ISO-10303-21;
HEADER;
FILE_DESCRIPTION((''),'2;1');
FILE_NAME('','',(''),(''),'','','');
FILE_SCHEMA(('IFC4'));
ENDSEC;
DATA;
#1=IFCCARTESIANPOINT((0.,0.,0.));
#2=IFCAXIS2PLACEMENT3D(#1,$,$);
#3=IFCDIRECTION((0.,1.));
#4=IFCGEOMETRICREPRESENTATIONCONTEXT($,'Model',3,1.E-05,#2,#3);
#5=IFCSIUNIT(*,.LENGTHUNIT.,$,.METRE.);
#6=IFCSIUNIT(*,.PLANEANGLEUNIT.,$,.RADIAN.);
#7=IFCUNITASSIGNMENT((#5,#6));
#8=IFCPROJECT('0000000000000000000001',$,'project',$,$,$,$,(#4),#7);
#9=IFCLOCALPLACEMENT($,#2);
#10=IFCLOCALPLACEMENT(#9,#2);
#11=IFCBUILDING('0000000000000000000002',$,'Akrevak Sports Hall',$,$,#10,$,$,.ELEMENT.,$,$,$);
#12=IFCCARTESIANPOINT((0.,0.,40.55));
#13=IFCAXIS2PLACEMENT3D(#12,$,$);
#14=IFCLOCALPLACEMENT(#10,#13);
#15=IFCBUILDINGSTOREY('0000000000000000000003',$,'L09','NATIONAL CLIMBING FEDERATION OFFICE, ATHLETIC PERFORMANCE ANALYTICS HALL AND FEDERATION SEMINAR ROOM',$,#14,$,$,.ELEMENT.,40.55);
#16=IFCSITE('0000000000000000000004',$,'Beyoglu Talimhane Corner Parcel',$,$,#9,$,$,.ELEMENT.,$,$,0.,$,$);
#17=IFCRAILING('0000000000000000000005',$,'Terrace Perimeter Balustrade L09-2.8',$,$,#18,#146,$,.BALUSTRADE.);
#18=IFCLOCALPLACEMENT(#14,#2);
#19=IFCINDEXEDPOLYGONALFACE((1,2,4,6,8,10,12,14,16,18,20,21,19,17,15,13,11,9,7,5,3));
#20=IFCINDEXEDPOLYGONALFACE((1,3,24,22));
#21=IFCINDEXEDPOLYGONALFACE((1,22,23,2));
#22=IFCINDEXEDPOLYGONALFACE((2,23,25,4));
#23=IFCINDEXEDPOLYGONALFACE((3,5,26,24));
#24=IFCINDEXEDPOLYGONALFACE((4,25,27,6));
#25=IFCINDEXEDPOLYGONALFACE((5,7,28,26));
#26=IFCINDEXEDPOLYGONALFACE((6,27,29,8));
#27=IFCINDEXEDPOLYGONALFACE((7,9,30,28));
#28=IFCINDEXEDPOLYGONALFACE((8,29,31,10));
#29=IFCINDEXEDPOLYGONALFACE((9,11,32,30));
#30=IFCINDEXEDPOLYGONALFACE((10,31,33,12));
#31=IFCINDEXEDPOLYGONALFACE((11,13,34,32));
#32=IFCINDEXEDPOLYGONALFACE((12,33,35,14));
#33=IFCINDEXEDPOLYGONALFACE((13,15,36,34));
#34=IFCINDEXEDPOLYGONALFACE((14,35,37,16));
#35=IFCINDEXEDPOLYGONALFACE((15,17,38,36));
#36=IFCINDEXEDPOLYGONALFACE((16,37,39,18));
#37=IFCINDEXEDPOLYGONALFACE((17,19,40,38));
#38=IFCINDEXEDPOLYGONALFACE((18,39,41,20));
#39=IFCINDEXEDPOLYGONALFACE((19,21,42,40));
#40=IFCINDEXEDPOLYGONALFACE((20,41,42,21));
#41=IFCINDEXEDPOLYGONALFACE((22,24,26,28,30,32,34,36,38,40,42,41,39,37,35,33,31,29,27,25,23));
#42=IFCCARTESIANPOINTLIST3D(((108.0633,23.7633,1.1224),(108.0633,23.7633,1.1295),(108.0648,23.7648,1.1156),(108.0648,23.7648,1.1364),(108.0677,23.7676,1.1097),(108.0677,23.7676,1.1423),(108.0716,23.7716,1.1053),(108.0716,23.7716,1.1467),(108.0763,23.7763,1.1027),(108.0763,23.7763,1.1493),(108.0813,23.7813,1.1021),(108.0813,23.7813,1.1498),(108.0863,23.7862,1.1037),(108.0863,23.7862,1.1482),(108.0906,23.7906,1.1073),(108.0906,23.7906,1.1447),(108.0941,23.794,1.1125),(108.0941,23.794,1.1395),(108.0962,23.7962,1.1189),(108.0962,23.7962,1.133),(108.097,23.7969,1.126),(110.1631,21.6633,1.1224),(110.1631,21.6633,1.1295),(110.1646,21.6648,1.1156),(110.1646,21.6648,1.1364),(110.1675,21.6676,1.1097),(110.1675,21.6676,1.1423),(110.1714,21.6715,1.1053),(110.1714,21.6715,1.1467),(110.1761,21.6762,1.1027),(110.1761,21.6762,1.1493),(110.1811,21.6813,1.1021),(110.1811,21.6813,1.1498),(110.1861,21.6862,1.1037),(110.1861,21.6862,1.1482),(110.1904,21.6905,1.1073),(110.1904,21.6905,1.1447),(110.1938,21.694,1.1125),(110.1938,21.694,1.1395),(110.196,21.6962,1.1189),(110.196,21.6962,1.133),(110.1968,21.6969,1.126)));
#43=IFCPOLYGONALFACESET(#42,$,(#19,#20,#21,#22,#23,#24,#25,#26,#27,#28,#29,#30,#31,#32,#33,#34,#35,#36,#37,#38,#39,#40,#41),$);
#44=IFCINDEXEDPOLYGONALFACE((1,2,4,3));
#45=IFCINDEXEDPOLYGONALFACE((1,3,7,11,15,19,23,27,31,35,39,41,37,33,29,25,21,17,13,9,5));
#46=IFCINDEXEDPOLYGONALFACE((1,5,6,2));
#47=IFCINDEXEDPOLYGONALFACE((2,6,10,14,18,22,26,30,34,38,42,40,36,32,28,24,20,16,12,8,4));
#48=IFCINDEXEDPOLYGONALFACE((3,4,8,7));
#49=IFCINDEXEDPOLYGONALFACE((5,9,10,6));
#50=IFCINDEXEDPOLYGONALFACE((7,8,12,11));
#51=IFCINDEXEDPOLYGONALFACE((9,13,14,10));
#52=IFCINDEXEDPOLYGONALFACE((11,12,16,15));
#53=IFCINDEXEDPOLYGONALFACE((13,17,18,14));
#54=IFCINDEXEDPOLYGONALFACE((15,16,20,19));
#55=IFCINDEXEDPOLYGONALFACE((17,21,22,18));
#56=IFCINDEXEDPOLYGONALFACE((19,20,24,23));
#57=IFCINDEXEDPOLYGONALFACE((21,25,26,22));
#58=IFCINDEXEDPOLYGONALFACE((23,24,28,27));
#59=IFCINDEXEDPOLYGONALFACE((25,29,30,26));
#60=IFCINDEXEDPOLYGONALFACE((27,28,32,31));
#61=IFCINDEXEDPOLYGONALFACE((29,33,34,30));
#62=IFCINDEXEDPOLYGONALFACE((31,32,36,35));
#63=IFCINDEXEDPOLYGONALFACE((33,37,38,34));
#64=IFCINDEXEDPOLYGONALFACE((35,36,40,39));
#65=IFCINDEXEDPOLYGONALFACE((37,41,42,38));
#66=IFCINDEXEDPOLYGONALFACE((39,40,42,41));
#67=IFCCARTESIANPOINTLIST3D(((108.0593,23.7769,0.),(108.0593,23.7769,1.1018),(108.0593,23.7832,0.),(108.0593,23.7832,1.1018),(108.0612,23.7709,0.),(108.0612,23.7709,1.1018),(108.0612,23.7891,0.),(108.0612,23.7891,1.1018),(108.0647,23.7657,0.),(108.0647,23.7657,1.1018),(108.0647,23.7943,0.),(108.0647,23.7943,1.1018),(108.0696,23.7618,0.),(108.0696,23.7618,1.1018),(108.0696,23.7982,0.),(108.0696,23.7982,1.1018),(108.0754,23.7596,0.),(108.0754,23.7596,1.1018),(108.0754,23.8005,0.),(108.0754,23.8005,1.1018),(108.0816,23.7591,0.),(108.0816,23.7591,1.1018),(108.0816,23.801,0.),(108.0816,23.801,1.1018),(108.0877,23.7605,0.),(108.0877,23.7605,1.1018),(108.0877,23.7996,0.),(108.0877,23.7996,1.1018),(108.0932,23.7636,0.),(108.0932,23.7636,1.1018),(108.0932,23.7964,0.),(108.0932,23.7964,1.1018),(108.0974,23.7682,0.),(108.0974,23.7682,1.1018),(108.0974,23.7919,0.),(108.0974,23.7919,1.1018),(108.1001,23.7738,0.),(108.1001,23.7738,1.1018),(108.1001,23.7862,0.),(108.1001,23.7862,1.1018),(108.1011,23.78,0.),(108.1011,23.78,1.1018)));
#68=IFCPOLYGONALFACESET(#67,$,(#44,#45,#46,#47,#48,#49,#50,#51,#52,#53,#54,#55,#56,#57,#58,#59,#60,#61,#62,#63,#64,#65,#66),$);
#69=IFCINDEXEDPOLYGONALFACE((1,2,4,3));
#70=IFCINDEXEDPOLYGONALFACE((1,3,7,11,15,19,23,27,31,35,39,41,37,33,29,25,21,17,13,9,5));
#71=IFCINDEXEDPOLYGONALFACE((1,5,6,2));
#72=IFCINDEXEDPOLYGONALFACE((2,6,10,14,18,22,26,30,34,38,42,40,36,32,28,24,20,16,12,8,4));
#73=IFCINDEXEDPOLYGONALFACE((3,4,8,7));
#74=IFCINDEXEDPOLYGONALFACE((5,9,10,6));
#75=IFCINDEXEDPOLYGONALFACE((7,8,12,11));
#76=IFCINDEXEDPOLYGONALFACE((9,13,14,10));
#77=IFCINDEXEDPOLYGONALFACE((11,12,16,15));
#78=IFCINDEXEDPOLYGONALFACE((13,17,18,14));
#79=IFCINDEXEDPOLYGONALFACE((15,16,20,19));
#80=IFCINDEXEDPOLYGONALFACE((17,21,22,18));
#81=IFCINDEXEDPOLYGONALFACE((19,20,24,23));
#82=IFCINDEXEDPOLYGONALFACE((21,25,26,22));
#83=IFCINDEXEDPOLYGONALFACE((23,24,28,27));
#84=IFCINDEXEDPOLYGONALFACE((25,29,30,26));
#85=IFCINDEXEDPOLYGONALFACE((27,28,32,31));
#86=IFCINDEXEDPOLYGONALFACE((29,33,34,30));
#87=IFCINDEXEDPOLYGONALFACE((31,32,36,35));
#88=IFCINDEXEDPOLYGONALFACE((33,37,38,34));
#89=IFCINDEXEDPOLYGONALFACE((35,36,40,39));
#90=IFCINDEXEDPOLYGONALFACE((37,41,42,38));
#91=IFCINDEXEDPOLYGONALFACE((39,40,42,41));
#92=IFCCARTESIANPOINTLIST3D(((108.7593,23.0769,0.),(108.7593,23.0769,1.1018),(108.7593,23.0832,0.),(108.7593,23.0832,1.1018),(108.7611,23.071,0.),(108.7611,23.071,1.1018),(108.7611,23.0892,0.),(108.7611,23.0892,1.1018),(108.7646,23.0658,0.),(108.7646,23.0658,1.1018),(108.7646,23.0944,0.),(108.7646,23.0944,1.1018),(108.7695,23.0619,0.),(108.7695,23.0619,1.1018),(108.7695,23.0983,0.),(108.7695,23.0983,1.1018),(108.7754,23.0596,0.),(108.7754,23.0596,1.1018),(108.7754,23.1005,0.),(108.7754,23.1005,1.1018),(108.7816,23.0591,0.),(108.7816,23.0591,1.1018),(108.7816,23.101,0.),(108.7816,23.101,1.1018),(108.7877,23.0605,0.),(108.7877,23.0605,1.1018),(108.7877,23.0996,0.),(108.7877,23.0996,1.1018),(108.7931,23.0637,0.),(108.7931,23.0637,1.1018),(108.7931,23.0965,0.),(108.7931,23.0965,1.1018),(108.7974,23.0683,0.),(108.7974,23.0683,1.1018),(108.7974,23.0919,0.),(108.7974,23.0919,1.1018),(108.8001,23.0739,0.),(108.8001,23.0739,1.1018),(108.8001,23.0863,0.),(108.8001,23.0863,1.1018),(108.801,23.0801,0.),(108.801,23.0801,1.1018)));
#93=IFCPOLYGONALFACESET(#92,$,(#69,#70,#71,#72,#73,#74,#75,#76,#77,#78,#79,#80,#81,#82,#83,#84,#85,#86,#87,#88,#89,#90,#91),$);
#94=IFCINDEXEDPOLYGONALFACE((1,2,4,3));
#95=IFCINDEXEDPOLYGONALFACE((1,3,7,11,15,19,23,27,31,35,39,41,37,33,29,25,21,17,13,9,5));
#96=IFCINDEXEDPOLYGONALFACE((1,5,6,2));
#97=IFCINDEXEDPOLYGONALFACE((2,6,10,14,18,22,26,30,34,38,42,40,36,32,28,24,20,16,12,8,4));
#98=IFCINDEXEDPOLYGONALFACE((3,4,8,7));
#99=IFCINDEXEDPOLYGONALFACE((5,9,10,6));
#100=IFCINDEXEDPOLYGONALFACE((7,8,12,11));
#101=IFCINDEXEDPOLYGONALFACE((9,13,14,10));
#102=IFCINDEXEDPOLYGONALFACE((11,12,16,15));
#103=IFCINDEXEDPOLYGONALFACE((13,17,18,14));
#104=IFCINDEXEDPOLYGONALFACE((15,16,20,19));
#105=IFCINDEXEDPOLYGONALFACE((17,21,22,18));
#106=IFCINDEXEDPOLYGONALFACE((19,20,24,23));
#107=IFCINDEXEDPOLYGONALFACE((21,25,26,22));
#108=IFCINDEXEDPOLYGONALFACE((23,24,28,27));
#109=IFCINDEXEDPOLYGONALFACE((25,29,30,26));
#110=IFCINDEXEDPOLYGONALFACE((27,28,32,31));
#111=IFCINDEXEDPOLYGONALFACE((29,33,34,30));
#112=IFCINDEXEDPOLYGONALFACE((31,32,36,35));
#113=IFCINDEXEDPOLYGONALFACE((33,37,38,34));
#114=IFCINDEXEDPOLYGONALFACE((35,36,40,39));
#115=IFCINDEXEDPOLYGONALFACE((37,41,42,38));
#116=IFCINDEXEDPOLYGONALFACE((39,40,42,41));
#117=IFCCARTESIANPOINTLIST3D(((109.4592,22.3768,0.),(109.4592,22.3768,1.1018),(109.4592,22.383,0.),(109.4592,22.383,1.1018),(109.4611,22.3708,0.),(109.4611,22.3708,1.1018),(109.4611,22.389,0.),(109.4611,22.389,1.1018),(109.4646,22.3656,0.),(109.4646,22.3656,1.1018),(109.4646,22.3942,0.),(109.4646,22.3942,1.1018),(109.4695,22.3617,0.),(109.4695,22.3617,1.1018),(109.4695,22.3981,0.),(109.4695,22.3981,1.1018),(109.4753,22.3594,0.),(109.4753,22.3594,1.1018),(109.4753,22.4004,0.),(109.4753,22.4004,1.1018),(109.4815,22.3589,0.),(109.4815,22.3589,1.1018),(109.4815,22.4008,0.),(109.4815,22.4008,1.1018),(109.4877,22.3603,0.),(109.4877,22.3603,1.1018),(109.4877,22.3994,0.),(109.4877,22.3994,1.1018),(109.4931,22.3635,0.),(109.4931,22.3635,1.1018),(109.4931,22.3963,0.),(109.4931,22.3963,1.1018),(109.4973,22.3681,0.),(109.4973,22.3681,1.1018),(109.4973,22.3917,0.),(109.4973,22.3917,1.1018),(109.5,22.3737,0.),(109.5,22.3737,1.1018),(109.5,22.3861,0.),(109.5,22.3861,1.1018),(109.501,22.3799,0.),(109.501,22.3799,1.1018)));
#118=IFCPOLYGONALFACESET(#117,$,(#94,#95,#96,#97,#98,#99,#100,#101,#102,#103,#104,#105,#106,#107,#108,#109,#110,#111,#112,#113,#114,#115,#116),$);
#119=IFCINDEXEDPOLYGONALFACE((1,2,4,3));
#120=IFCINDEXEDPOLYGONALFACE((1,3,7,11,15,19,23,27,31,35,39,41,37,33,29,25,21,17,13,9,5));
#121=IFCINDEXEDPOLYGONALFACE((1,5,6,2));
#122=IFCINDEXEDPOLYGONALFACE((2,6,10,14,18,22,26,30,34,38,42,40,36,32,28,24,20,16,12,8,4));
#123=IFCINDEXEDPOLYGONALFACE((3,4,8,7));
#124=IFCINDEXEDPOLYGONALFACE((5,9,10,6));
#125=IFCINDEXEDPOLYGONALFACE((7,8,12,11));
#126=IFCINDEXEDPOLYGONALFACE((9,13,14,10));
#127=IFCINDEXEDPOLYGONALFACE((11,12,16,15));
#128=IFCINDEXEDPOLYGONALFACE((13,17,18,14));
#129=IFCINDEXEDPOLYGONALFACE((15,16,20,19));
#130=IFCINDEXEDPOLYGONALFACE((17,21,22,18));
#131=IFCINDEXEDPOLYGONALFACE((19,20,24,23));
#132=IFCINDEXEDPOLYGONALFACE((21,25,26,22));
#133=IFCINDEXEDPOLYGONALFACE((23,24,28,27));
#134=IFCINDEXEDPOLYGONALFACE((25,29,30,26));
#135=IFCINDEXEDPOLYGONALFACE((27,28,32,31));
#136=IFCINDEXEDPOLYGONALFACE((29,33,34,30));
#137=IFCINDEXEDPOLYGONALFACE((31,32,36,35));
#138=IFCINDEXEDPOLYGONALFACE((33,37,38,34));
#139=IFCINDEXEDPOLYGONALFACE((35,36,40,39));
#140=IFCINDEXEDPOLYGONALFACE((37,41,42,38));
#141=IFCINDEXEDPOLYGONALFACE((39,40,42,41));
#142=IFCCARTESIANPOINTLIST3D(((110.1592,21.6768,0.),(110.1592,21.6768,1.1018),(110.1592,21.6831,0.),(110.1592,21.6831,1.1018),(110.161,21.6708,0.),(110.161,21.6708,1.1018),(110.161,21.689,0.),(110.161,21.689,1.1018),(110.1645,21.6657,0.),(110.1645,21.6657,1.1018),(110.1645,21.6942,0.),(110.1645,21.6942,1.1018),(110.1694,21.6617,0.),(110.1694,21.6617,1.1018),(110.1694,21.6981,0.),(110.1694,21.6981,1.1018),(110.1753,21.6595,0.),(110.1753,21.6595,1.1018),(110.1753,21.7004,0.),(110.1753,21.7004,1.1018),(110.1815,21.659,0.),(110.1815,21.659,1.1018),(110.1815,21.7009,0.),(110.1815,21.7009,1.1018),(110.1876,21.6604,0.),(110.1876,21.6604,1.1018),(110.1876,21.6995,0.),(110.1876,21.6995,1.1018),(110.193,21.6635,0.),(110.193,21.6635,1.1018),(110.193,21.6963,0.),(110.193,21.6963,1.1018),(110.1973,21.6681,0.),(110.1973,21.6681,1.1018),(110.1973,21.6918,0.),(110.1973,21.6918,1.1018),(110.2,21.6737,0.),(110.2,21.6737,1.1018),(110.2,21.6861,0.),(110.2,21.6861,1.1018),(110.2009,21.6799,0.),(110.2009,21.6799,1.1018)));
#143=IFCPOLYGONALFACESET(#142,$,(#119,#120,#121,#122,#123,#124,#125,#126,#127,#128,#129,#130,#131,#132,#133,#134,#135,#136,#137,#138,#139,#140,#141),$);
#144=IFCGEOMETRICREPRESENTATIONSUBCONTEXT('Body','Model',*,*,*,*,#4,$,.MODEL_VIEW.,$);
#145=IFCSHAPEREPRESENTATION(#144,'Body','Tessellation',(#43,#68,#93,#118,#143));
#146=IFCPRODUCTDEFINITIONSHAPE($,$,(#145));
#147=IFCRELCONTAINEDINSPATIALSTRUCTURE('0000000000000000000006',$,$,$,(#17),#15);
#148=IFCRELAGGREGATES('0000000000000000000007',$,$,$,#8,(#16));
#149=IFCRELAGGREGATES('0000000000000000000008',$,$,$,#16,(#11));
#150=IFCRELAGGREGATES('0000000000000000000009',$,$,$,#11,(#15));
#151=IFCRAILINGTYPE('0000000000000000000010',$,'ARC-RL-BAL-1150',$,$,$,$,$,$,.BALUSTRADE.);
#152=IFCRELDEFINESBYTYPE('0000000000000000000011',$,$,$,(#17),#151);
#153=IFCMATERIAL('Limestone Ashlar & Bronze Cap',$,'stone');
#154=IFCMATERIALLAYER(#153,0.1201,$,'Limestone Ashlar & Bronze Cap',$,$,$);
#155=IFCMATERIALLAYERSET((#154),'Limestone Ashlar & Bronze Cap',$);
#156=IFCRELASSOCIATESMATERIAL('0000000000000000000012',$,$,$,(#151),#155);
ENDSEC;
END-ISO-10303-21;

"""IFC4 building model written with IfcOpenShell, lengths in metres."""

from ifc_helpers import new_model, si_unit, direction, frame, origin, origin_2d, place, context, subcontext, project, spatial, circle, extrude, material, layer, layer_set, type_object, element, save


model = new_model("IFC4")

# Units and contexts
model_context = context("Model", 3, precision=1e-05, world=origin(), true_north=direction((0.0, 1.0)))
body_context = subcontext(model_context, "Body", "Model", "MODEL_VIEW")
ifc_project = project(units=[si_unit("LENGTHUNIT", "METRE"), si_unit("PLANEANGLEUNIT", "RADIAN")], contexts=[model_context])

# Site, building, storey
site_placement = place(None, origin())
site = spatial("IfcSite", under=ifc_project, at=site_placement, Name="Beyoglu Talimhane Corner Parcel", CompositionType="ELEMENT", RefElevation=0.0)
building_placement = place(site_placement, origin())
building = spatial("IfcBuilding", under=site, at=building_placement, Name="Akrevak Sports Hall", CompositionType="ELEMENT")
storey_placement = place(building_placement, frame((0.0, 0.0, 40.55)))
storey = spatial("IfcBuildingStorey", under=building, at=storey_placement, Name="L09", Description="NATIONAL CLIMBING FEDERATION OFFICE, ATHLETIC PERFORMANCE ANALYTICS HALL AND FEDERATION SEMINAR ROOM", CompositionType="ELEMENT", Elevation=40.55)

# Railing
ifc_material_1 = material(Name="Limestone Ashlar & Bronze Cap", Category="stone")
ifc_layer_1 = layer(ifc_material_1, 0.1201, Name="Limestone Ashlar & Bronze Cap")
ifc_layer_set_1 = layer_set([ifc_layer_1], Name="Limestone Ashlar & Bronze Cap")
railing_type = type_object("IfcRailingType", Name="ARC-RL-BAL-1150", PredefinedType="BALUSTRADE", material=ifc_layer_set_1)
railing_1_placement = place(storey_placement, frame((108.0801, 23.78, 0.0)))
element("IfcRailing", 1, at=railing_1_placement, inside=storey, type_object=railing_type, Name="Terrace Perimeter Balustrade L09-2.8", PredefinedType="BALUSTRADE", context=body_context, shape_type="SweptSolid", body=[
    extrude(circle(Radius=0.0239, at=origin_2d()), frame((0.0, 0.0, 1.126), z_axis=(0.707066, -0.707148, 0.0), x_axis=(0.707148, 0.707066, 0.0)), (0.0, 0.0, 1.0), 2.9697),
    extrude(circle(Radius=0.021, at=origin_2d()), origin(), (0.0, 0.0, 1.0), 1.1018),
    extrude(circle(Radius=0.021, at=origin_2d()), frame((0.7, -0.7, 0.0)), (0.0, 0.0, 1.0), 1.1018),
    extrude(circle(Radius=0.021, at=origin_2d()), frame((1.3999, -1.4001, 0.0)), (0.0, 0.0, 1.0), 1.1018),
    extrude(circle(Radius=0.021, at=origin_2d()), frame((2.0999, -2.1001, 0.0)), (0.0, 0.0, 1.0), 1.1018),
])

save(model, "model.ifc")
